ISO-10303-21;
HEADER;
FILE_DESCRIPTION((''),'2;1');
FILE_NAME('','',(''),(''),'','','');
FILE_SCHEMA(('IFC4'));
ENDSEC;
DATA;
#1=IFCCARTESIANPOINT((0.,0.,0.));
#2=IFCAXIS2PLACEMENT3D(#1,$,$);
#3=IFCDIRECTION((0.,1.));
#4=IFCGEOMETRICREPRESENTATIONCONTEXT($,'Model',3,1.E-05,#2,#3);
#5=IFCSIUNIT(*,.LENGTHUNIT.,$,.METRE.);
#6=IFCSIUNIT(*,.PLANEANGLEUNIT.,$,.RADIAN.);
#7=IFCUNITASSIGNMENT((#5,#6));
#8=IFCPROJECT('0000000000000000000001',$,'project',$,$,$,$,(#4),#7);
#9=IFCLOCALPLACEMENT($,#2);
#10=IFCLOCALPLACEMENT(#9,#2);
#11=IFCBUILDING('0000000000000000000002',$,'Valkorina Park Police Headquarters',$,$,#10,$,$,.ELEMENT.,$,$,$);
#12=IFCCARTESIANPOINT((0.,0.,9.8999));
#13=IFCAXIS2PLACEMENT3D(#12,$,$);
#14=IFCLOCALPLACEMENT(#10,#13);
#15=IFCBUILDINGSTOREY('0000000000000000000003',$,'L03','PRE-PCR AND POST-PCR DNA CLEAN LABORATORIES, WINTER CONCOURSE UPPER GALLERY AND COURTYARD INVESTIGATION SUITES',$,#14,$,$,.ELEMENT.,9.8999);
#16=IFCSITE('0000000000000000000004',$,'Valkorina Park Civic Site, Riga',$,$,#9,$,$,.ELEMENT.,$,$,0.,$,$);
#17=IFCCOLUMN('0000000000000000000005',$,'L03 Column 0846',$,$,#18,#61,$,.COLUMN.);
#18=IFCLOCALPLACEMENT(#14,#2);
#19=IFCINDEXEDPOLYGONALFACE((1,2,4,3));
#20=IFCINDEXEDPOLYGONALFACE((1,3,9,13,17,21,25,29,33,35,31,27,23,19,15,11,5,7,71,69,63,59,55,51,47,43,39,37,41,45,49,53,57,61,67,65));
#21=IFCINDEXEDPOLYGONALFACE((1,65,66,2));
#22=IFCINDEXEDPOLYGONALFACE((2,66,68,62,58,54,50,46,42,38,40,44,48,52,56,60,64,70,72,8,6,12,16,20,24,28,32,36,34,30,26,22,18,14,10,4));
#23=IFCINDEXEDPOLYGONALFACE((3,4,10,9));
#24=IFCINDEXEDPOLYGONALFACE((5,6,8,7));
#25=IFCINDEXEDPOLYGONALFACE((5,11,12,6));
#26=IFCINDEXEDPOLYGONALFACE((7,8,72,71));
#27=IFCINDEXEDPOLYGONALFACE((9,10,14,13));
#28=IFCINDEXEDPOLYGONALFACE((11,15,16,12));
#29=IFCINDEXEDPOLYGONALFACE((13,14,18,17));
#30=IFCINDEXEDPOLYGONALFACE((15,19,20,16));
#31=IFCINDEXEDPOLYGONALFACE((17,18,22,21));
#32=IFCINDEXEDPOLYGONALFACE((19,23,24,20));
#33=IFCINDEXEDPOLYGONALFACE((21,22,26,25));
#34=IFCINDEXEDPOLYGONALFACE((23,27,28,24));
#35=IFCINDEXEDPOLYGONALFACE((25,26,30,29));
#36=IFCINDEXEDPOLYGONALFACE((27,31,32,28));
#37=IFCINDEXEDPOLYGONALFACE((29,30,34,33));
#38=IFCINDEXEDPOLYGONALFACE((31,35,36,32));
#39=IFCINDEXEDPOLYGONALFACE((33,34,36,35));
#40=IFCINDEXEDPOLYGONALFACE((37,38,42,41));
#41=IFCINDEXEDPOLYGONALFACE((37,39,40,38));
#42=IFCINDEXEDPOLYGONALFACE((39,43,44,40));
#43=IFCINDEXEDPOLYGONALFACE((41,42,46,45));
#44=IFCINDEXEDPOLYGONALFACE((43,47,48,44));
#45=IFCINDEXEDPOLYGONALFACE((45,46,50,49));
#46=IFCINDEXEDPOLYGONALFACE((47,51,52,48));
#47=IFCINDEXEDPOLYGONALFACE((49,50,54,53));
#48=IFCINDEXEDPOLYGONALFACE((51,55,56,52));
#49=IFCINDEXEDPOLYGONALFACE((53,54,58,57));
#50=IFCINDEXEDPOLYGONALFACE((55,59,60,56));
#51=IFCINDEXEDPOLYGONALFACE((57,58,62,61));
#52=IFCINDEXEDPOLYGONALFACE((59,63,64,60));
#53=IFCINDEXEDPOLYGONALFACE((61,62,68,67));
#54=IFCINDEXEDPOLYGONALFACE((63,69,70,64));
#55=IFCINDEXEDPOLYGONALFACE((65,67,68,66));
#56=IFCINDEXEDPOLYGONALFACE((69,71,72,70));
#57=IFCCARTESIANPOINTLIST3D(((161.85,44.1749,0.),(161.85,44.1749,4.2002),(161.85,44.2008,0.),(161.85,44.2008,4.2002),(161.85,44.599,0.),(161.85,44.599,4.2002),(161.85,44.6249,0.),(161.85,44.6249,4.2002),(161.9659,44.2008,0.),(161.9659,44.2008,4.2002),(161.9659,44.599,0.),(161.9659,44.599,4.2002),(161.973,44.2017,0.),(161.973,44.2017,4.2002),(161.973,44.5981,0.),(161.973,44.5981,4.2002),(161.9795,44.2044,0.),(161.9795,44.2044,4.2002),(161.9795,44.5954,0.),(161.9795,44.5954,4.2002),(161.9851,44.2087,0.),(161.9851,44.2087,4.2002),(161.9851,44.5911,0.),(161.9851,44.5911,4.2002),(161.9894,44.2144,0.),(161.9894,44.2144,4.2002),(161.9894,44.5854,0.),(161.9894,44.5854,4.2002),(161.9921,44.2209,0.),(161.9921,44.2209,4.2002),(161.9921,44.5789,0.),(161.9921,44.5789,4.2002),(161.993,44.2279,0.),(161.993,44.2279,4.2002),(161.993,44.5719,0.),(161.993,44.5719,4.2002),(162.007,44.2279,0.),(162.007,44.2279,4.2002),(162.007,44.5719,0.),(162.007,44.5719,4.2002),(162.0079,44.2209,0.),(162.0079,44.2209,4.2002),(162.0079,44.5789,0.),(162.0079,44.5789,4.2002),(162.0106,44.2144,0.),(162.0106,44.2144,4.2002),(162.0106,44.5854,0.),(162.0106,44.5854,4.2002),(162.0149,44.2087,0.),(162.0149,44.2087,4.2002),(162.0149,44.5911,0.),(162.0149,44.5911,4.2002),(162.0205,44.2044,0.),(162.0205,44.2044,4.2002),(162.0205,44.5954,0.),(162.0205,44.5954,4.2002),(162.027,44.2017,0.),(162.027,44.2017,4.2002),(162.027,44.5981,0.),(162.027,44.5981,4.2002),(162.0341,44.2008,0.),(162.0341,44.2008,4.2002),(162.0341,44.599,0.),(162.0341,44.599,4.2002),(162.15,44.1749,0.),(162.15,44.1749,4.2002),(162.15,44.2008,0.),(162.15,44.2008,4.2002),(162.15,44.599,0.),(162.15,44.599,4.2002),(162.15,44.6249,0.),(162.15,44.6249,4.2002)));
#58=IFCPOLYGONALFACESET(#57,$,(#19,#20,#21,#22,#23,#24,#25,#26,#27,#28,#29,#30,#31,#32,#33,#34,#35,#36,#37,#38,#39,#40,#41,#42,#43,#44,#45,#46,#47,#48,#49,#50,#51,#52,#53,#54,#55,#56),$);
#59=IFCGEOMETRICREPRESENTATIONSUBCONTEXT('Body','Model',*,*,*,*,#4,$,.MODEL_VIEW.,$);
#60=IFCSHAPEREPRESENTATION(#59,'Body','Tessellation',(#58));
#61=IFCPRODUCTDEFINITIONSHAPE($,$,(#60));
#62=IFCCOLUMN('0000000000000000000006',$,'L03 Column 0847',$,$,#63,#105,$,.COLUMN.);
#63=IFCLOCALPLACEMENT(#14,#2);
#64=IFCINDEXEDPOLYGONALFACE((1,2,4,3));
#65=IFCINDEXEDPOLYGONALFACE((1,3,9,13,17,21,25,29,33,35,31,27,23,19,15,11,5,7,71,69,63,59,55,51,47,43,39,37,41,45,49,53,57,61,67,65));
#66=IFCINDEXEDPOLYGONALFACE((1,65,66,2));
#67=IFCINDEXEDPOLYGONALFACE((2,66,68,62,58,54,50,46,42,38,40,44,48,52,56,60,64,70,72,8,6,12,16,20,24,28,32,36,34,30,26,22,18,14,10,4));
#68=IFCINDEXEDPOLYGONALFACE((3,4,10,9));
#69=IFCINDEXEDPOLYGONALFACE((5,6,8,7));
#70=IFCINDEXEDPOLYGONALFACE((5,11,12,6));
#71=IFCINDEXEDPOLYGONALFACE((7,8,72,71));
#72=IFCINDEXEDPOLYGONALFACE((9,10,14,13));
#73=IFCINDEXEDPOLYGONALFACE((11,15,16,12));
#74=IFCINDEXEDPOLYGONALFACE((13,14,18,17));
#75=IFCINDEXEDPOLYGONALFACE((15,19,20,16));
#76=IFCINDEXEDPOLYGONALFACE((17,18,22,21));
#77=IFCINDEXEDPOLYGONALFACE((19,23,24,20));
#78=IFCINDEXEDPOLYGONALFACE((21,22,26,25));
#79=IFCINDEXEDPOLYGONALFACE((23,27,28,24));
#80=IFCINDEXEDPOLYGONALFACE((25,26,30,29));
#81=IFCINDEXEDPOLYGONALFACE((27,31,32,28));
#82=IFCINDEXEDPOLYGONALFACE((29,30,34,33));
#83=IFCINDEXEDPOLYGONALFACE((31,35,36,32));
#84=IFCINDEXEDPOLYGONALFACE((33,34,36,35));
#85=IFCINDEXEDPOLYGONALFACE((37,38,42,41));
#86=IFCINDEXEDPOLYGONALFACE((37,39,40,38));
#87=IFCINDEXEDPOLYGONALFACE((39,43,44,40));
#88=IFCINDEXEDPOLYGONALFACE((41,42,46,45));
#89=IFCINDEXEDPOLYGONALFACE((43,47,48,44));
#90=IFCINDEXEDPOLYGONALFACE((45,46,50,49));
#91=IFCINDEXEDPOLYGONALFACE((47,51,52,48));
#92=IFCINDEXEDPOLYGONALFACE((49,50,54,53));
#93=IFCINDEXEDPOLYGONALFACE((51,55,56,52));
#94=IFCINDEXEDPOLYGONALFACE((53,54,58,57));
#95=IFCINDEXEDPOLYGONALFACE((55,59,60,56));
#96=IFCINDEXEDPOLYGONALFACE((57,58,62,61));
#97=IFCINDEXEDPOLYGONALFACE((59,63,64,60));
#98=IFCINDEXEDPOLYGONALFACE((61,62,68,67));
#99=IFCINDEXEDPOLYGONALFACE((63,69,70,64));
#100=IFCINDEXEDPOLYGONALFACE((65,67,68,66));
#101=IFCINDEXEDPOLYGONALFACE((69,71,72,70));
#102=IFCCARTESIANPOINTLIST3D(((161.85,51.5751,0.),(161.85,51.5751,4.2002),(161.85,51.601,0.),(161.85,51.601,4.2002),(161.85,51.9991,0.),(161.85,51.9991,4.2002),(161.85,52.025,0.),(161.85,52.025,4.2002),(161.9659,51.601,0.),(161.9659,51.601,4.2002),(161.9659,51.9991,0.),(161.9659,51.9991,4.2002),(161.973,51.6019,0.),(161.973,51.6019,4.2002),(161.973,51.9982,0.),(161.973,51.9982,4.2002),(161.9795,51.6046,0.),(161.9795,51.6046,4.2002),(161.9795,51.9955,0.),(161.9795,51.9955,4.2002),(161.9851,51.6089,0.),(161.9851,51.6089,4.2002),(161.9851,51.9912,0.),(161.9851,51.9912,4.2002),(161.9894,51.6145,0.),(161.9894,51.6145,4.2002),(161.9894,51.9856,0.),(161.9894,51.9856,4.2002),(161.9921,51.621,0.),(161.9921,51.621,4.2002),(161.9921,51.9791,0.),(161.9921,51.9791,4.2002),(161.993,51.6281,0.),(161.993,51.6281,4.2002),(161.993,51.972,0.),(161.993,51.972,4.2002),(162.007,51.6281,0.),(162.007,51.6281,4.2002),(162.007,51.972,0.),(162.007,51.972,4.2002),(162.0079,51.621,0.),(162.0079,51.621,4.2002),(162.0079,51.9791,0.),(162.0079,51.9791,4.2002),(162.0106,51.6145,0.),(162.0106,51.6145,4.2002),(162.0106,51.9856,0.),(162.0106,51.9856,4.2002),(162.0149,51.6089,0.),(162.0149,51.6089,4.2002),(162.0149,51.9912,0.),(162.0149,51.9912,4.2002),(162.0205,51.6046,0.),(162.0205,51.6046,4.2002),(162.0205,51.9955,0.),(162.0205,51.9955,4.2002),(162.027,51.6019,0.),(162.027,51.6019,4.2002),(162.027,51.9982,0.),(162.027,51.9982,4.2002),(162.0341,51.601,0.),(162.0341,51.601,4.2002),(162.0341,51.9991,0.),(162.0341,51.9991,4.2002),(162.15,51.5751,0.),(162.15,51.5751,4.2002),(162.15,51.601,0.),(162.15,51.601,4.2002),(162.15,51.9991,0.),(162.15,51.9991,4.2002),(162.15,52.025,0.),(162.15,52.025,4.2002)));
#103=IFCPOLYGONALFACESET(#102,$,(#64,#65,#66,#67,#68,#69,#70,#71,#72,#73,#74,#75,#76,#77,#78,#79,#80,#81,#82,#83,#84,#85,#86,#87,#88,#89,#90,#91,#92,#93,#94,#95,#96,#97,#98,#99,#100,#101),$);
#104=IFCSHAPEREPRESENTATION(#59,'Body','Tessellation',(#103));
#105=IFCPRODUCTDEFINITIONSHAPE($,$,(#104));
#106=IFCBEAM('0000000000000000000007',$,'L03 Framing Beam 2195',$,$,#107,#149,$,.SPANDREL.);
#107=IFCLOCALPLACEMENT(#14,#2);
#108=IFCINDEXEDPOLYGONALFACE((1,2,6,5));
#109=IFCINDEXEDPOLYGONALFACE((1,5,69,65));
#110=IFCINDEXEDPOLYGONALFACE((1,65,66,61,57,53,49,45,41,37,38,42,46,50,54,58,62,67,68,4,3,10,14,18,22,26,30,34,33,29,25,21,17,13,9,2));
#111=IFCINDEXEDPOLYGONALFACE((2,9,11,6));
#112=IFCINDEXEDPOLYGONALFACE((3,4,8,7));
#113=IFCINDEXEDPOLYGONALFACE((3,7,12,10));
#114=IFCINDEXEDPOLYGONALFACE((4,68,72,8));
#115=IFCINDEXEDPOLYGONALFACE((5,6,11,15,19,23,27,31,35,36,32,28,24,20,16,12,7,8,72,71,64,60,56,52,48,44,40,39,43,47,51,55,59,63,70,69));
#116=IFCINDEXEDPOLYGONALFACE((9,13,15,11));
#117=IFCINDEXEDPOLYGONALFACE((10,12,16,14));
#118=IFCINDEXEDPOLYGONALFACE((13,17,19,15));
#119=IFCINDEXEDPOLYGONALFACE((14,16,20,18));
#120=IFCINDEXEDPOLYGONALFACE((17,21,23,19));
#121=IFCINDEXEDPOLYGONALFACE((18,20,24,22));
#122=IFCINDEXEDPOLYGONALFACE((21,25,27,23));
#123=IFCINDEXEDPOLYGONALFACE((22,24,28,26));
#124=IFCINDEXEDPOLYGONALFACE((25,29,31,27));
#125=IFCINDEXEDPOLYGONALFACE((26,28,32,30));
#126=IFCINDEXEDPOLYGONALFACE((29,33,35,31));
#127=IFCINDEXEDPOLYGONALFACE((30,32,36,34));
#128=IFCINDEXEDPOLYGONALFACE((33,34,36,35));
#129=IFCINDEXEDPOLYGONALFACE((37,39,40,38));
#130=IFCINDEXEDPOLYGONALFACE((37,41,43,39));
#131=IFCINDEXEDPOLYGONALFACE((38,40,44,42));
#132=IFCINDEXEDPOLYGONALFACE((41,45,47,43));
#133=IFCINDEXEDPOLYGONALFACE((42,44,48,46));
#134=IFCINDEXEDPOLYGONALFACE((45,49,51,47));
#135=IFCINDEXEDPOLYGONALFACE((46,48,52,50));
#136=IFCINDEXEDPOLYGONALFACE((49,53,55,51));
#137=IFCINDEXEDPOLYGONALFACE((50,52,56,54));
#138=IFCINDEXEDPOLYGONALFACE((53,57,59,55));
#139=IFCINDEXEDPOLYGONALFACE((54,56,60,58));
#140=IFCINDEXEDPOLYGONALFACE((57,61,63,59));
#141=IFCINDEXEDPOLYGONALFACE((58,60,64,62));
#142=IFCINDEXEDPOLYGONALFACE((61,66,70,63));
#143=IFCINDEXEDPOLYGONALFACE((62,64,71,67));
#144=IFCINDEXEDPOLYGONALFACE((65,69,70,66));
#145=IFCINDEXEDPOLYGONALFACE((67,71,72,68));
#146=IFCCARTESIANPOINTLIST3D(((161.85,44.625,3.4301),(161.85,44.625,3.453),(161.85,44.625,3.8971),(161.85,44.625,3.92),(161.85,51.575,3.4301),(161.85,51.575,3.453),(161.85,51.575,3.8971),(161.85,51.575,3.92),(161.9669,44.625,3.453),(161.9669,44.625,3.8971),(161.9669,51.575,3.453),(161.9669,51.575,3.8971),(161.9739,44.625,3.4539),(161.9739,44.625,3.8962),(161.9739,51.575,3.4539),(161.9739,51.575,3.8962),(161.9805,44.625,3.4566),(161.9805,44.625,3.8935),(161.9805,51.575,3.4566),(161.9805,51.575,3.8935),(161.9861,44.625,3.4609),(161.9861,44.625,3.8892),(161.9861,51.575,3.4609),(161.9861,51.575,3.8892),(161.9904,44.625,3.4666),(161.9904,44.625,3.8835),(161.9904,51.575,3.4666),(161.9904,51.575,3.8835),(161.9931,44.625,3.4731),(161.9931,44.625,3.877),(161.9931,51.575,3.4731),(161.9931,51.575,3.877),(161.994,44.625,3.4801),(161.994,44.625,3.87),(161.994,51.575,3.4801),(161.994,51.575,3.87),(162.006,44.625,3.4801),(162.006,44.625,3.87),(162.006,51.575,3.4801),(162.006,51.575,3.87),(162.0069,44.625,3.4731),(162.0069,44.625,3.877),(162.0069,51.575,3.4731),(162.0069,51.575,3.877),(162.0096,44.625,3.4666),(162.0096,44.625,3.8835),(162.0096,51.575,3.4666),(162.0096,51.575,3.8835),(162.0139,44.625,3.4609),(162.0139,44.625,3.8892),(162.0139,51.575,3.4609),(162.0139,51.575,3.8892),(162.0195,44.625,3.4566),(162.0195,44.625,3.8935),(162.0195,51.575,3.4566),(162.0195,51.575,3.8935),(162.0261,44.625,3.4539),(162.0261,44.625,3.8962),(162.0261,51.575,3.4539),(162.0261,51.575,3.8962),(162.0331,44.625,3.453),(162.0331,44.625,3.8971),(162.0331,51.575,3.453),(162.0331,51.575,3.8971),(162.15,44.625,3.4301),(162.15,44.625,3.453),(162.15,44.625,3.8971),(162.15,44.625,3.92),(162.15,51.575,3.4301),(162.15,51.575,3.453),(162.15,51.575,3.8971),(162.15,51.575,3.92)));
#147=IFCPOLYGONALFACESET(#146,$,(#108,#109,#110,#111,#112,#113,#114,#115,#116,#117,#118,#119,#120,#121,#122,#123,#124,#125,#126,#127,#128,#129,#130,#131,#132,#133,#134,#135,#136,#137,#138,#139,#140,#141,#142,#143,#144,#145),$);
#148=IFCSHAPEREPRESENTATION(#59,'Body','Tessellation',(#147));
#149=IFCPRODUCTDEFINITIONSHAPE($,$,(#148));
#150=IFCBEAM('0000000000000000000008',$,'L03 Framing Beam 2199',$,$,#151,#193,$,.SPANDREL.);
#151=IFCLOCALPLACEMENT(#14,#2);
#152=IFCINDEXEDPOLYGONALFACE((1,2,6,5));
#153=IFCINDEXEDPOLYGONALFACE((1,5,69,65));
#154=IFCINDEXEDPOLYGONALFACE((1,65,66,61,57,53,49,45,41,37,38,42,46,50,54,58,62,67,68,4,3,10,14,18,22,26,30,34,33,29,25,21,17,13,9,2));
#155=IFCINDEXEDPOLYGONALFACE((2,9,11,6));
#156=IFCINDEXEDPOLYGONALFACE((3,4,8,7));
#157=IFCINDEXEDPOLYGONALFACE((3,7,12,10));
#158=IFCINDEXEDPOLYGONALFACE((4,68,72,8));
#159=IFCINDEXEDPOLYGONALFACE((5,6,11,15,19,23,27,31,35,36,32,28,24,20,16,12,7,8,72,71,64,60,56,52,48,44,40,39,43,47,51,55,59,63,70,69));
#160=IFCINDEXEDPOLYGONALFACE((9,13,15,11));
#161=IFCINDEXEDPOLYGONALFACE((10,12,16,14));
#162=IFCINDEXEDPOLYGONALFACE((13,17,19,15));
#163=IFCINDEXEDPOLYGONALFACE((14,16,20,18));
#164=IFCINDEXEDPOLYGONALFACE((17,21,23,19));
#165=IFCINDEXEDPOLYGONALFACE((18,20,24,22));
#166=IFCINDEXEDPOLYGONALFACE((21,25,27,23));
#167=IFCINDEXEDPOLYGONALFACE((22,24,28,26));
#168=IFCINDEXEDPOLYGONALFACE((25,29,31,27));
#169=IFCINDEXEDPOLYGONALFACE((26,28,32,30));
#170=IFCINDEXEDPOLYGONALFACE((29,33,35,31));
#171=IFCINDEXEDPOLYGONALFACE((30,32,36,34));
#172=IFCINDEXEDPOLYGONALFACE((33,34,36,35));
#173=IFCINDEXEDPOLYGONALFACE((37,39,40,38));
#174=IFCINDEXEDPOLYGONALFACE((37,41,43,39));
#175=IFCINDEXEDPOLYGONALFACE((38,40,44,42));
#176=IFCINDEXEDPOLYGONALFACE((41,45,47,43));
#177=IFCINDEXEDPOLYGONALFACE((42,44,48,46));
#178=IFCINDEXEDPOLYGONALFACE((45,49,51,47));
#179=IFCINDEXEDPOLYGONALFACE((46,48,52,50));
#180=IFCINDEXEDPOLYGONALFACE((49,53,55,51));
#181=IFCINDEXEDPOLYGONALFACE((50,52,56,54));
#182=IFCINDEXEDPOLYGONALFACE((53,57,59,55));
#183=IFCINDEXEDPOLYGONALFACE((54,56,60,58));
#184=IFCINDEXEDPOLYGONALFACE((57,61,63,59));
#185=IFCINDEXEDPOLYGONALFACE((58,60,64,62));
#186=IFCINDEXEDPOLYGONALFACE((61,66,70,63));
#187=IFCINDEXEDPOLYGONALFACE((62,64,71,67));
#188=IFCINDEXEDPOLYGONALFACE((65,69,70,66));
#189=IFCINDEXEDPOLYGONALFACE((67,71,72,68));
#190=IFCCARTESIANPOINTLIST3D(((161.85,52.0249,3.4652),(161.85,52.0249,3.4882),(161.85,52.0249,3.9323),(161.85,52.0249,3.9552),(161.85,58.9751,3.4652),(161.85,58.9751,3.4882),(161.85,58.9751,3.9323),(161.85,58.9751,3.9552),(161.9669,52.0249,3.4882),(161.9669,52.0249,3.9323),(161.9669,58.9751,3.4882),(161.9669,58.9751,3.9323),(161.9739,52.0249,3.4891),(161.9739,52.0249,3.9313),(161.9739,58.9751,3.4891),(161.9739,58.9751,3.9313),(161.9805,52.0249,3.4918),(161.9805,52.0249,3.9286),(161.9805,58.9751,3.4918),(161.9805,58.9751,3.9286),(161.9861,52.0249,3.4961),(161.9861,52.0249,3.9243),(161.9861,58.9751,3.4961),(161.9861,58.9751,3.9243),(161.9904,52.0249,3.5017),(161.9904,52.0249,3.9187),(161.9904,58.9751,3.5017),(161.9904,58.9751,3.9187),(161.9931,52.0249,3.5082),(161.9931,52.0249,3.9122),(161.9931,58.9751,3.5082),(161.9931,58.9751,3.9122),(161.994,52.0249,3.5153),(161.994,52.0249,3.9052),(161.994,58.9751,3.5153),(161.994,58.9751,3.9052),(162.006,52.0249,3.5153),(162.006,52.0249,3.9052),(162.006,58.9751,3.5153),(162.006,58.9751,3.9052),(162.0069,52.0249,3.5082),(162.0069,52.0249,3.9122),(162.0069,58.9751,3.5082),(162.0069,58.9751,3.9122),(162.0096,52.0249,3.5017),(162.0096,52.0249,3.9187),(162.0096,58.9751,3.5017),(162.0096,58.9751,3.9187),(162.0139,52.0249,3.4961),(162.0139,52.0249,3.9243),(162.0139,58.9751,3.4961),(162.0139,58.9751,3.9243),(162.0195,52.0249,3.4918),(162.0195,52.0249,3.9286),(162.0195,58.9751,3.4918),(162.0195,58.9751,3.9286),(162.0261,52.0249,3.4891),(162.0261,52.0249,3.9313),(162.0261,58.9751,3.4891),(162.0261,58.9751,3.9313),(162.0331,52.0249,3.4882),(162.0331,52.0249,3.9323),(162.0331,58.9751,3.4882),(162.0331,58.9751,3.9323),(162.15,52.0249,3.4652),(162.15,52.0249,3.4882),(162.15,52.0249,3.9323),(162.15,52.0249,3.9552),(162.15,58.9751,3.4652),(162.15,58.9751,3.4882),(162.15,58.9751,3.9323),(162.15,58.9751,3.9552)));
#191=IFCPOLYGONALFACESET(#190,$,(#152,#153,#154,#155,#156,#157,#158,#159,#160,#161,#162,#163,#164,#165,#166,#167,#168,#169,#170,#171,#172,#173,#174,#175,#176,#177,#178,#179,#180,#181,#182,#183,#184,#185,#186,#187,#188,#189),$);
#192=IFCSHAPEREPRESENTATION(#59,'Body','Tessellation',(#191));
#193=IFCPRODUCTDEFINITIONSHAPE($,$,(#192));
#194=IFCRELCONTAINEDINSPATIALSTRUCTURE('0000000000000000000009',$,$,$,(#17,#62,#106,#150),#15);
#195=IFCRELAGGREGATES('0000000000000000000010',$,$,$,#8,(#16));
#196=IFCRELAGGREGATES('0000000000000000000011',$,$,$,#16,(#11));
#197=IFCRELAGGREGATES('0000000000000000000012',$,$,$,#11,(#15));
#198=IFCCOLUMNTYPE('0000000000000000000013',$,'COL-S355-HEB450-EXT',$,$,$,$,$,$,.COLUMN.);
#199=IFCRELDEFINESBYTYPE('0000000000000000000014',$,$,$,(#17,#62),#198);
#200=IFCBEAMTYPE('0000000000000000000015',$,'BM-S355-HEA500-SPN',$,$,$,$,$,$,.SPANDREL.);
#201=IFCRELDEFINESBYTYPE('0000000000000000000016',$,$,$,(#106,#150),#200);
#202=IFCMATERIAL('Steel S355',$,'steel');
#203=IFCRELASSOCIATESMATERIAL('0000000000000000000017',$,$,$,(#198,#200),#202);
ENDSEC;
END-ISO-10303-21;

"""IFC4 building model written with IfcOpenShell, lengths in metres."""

from ifc_helpers import new_model, si_unit, direction, frame, origin, origin_2d, place, context, subcontext, project, spatial, i_section, extrude, material, material_profile, profile_set, type_object, element, save


model = new_model("IFC4")

# Units and contexts
model_context = context("Model", 3, precision=1e-05, world=origin(), true_north=direction((0.0, 1.0)))
body_context = subcontext(model_context, "Body", "Model", "MODEL_VIEW")
ifc_project = project(units=[si_unit("LENGTHUNIT", "METRE"), si_unit("PLANEANGLEUNIT", "RADIAN")], contexts=[model_context])

# Site, building, storey
site_placement = place(None, origin())
site = spatial("IfcSite", under=ifc_project, at=site_placement, Name="Valkorina Park Civic Site, Riga", CompositionType="ELEMENT", RefElevation=0.0)
building_placement = place(site_placement, origin())
building = spatial("IfcBuilding", under=site, at=building_placement, Name="Valkorina Park Police Headquarters", CompositionType="ELEMENT")
storey_placement = place(building_placement, frame((0.0, 0.0, 9.8999)))
storey = spatial("IfcBuildingStorey", under=building, at=storey_placement, Name="L03", Description="PRE-PCR AND POST-PCR DNA CLEAN LABORATORIES, WINTER CONCOURSE UPPER GALLERY AND COURTYARD INVESTIGATION SUITES", CompositionType="ELEMENT", Elevation=9.8999)

# Columns
ifc_material_1 = material(Name="Steel S355", Category="steel")
ifc_material_profile_1 = material_profile(ifc_material_1, i_section(OverallWidth=0.3, OverallDepth=0.45, WebThickness=0.0139, FlangeThickness=0.0259, FilletRadius=0.0271, at=origin_2d()), Name="HEB 450")
ifc_profile_set_1 = profile_set([ifc_material_profile_1], Name="Steel S355")
column_type = type_object("IfcColumnType", Name="COL-S355-HEB450-EXT", PredefinedType="COLUMN", material=ifc_profile_set_1)
for number, where, z_axis, x_axis, name in (
    (1, (162.0, 44.3999, 0.0), (0.0, 0.0, 1.0), (1.0, 0.0, 0.0), "L03 Column 0846"),
    (2, (162.0, 51.8, 0.0), (0.0, 0.0, 1.0), (1.0, 0.0, 0.0), "L03 Column 0847"),
):
    element("IfcColumn", number, at=place(storey_placement, frame(where, z_axis=z_axis, x_axis=x_axis)), inside=storey, type_object=column_type, Name=name, PredefinedType="COLUMN", context=body_context, shape_type="SweptSolid", body=[
        extrude(i_section(OverallWidth=0.3, OverallDepth=0.45, WebThickness=0.0139, FlangeThickness=0.0259, FilletRadius=0.0271, at=origin_2d()), origin(), (0.0, 0.0, 1.0), 4.2002),
    ])

# Beams
ifc_material_profile_2 = material_profile(ifc_material_1, i_section(OverallWidth=0.3, OverallDepth=0.49, WebThickness=0.012, FlangeThickness=0.0229, FilletRadius=0.0271, at=origin_2d()), Name="HEA 500")
ifc_profile_set_2 = profile_set([ifc_material_profile_2], Name="Steel S355")
beam_type = type_object("IfcBeamType", Name="BM-S355-HEA500-SPN", PredefinedType="SPANDREL", material=ifc_profile_set_2)
beam_1_placement = place(storey_placement, frame((162.0, 44.625, 3.675), z_axis=(0.0, 1.0, 0.0), x_axis=(-1.0, 0.0, 0.0)))
element("IfcBeam", 3, at=beam_1_placement, inside=storey, type_object=beam_type, Name="L03 Framing Beam 2195", PredefinedType="SPANDREL", context=body_context, shape_type="SweptSolid", body=[
    extrude(i_section(OverallWidth=0.3, OverallDepth=0.49, WebThickness=0.012, FlangeThickness=0.0229, FilletRadius=0.0271, at=origin_2d()), origin(), (0.0, 0.0, 1.0), 6.95),
])
beam_2_placement = place(storey_placement, frame((162.0, 52.0249, 3.7102), z_axis=(0.0, 1.0, 0.0), x_axis=(-1.0, 0.0, 0.0)))
element("IfcBeam", 4, at=beam_2_placement, inside=storey, type_object=beam_type, Name="L03 Framing Beam 2199", PredefinedType="SPANDREL", context=body_context, shape_type="SweptSolid", body=[
    extrude(i_section(OverallWidth=0.3, OverallDepth=0.49, WebThickness=0.012, FlangeThickness=0.0229, FilletRadius=0.0271, at=origin_2d()), origin(), (0.0, 0.0, 1.0), 6.9502),
])

save(model, "model.ifc")
